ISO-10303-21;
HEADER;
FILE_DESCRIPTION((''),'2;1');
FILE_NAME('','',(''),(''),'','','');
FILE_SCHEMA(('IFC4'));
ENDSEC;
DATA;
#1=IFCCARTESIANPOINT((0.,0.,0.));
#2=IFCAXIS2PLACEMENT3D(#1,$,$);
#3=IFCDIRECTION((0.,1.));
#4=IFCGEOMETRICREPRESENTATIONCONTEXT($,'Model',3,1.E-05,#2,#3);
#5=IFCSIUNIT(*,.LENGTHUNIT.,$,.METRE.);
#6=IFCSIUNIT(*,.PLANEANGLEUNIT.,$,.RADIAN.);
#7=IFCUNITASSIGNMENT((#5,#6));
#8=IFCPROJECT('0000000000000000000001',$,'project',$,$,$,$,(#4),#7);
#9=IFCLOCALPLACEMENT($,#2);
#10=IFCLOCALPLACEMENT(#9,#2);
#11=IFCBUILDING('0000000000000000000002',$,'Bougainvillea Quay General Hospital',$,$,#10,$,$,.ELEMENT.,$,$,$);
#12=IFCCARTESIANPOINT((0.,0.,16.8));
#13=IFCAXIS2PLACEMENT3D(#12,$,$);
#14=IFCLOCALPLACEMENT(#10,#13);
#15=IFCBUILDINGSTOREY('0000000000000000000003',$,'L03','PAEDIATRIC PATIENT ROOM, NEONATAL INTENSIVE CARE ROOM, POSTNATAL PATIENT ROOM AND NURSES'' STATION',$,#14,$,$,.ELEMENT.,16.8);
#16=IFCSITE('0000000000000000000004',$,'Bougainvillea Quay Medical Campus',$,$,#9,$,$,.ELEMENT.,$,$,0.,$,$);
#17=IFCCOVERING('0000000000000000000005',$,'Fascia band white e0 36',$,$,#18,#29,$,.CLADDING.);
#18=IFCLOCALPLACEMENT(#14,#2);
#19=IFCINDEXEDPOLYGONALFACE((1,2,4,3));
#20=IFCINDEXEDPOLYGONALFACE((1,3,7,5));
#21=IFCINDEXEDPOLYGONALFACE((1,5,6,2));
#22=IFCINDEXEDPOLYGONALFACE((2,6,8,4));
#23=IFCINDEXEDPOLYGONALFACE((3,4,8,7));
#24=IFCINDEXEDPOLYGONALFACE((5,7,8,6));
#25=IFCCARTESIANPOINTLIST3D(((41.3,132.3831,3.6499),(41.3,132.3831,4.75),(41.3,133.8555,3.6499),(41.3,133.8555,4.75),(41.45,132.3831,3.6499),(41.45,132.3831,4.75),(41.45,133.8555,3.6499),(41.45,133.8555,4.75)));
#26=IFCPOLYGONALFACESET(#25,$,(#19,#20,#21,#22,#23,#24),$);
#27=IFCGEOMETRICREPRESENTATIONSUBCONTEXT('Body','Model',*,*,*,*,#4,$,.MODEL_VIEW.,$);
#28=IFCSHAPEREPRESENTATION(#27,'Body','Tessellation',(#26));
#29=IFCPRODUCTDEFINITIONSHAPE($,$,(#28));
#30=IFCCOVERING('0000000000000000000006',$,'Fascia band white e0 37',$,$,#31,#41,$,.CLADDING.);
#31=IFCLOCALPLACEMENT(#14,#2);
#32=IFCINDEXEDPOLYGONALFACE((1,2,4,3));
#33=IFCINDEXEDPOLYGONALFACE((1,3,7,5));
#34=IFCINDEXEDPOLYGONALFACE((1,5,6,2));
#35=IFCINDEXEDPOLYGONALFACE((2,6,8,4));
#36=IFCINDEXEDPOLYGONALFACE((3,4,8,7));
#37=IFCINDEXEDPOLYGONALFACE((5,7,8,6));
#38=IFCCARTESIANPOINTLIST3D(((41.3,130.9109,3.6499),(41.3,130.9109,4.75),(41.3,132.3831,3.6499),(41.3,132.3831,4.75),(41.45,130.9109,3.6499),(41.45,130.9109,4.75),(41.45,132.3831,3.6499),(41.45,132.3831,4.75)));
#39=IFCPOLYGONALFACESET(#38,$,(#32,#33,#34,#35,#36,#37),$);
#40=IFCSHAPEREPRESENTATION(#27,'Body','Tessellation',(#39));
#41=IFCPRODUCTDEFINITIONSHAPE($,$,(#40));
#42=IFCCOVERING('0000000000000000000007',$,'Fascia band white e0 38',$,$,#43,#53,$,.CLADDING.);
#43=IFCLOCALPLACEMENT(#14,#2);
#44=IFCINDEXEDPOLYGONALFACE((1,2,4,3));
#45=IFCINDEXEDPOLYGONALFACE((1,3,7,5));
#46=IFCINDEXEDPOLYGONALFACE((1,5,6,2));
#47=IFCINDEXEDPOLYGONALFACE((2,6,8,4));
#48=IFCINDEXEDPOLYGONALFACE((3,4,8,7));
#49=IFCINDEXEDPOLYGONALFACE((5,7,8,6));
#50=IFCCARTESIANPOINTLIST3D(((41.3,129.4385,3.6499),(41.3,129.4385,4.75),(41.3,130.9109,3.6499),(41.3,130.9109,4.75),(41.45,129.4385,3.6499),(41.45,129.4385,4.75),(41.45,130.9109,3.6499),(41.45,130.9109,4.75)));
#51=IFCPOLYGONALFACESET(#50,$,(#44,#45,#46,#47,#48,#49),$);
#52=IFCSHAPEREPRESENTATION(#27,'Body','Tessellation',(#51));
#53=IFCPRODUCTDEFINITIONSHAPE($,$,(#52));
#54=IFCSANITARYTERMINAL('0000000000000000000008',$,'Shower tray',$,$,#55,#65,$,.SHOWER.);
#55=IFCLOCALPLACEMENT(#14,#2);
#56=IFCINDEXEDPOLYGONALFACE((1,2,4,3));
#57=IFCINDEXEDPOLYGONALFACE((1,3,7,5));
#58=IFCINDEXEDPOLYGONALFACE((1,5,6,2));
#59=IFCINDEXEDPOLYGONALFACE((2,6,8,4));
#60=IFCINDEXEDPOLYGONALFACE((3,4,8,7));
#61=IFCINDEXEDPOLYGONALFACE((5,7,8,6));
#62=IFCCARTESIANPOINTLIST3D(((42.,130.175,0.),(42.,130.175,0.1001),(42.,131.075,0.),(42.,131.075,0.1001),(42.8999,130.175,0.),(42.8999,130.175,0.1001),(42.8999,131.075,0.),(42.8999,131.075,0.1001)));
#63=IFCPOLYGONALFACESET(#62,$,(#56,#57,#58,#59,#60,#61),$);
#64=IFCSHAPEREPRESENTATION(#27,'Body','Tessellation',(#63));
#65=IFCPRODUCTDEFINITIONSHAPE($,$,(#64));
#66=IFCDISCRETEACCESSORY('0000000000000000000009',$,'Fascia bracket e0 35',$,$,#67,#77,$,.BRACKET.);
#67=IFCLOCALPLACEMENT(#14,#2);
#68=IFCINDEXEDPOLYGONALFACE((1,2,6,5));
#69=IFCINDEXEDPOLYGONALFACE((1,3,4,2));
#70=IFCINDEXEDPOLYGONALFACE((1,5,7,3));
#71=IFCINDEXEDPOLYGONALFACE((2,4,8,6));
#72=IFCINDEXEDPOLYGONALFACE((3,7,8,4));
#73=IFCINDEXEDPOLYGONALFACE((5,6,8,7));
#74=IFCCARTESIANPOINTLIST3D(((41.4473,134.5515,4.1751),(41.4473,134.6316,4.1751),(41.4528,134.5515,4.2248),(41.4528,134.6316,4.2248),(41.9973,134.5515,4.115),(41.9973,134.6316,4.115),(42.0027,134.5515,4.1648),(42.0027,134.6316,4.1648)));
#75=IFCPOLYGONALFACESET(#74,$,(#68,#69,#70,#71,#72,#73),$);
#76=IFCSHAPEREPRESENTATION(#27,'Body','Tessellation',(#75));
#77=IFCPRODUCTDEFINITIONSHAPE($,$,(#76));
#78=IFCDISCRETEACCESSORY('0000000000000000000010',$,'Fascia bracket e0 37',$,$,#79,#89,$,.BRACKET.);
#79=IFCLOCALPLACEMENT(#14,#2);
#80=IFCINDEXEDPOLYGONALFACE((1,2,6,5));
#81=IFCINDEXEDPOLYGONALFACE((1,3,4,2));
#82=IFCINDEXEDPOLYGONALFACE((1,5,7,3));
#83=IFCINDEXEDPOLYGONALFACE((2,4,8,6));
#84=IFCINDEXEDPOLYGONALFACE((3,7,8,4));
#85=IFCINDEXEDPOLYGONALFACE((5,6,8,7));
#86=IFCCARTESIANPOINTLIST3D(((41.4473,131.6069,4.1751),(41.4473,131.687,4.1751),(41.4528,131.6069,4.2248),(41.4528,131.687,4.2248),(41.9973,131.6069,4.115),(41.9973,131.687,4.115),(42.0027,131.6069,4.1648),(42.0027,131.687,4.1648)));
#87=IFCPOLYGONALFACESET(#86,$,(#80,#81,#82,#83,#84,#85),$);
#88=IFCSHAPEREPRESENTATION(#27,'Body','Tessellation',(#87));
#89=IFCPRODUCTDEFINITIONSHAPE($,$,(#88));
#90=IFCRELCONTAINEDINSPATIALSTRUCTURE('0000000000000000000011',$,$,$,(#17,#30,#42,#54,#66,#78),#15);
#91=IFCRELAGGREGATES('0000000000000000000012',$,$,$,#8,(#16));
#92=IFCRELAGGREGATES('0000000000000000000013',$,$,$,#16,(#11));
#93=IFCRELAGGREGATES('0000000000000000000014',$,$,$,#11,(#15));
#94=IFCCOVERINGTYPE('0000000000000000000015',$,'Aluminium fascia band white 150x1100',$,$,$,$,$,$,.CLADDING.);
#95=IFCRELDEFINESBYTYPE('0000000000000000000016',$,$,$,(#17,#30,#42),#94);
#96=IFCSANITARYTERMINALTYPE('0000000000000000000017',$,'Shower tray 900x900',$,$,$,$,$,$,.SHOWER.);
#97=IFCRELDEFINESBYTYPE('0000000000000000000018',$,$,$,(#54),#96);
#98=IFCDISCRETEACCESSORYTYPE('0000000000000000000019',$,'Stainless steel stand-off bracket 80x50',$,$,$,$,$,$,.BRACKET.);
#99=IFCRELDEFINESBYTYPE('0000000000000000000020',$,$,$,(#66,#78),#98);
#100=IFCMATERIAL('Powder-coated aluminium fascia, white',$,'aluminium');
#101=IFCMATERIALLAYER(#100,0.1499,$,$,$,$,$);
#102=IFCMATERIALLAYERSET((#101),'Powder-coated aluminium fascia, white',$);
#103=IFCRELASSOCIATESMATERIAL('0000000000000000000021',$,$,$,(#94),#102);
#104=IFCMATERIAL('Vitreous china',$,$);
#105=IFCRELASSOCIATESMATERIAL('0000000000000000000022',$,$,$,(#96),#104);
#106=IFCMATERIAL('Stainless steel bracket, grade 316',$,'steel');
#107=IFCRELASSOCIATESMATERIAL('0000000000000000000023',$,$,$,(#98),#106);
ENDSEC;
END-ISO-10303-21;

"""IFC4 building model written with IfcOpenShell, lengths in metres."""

from ifc_helpers import new_model, si_unit, direction, frame, origin, origin_2d, place, context, subcontext, project, spatial, polyline, rectangle, outline, extrude, material, layer, layer_set, material_profile, profile_set, type_object, element, save


model = new_model("IFC4")

# Units and contexts
model_context = context("Model", 3, precision=1e-05, world=origin(), true_north=direction((0.0, 1.0)))
body_context = subcontext(model_context, "Body", "Model", "MODEL_VIEW")
ifc_project = project(units=[si_unit("LENGTHUNIT", "METRE"), si_unit("PLANEANGLEUNIT", "RADIAN")], contexts=[model_context])

# Site, building, storey
site_placement = place(None, origin())
site = spatial("IfcSite", under=ifc_project, at=site_placement, Name="Bougainvillea Quay Medical Campus", CompositionType="ELEMENT", RefElevation=0.0)
building_placement = place(site_placement, origin())
building = spatial("IfcBuilding", under=site, at=building_placement, Name="Bougainvillea Quay General Hospital", CompositionType="ELEMENT")
storey_placement = place(building_placement, frame((0.0, 0.0, 16.8)))
storey = spatial("IfcBuildingStorey", under=building, at=storey_placement, Name="L03", Description="PAEDIATRIC PATIENT ROOM, NEONATAL INTENSIVE CARE ROOM, POSTNATAL PATIENT ROOM AND NURSES' STATION", CompositionType="ELEMENT", Elevation=16.8)

# Coverings
ifc_material_1 = material(Name="Powder-coated aluminium fascia, white", Category="aluminium")
ifc_layer_1 = layer(ifc_material_1, 0.1499)
ifc_layer_set_1 = layer_set([ifc_layer_1], Name="Powder-coated aluminium fascia, white")
covering_type = type_object("IfcCoveringType", Name="Aluminium fascia band white 150x1100", PredefinedType="CLADDING", material=ifc_layer_set_1)
covering_1_placement = place(storey_placement, frame((41.45, 133.8555, 3.6499), z_axis=(0.0, 0.0, 1.0), x_axis=(0.0, -1.0, 0.0)))
element("IfcCovering", 1, at=covering_1_placement, inside=storey, type_object=covering_type, Name="Fascia band white e0 36", PredefinedType="CLADDING", context=body_context, shape_type="SweptSolid", body=[
    extrude(outline(polyline([(0.0, 0.0), (1.4724, 0.0), (1.4724, -0.1499), (0.0, -0.1499), (0.0, 0.0)])), origin(), (0.0, 0.0, 1.0), 1.1001),
])
covering_2_placement = place(storey_placement, frame((41.45, 132.3831, 3.6499), z_axis=(0.0, 0.0, 1.0), x_axis=(0.0, -1.0, 0.0)))
element("IfcCovering", 2, at=covering_2_placement, inside=storey, type_object=covering_type, Name="Fascia band white e0 37", PredefinedType="CLADDING", context=body_context, shape_type="SweptSolid", body=[
    extrude(outline(polyline([(0.0, 0.0), (1.4722, 0.0), (1.4722, -0.1499), (0.0, -0.1499), (0.0, 0.0)])), origin(), (0.0, 0.0, 1.0), 1.1001),
])
covering_3_placement = place(storey_placement, frame((41.45, 130.9109, 3.6499), z_axis=(0.0, 0.0, 1.0), x_axis=(0.0, -1.0, 0.0)))
element("IfcCovering", 3, at=covering_3_placement, inside=storey, type_object=covering_type, Name="Fascia band white e0 38", PredefinedType="CLADDING", context=body_context, shape_type="SweptSolid", body=[
    extrude(outline(polyline([(0.0, 0.0), (1.4724, 0.0), (1.4724, -0.1499), (0.0, -0.1499), (0.0, 0.0)])), origin(), (0.0, 0.0, 1.0), 1.1001),
])

# Sanitary terminal
ifc_material_2 = material(Name="Vitreous china")
sanitary_terminal_type = type_object("IfcSanitaryTerminalType", Name="Shower tray 900x900", PredefinedType="SHOWER", material=ifc_material_2)
sanitary_terminal_placement = place(storey_placement, frame((42.45, 130.625, 0.0), z_axis=(0.0, 0.0, 1.0), x_axis=(0.0, 1.0, 0.0)))
element("IfcSanitaryTerminal", 4, at=sanitary_terminal_placement, inside=storey, type_object=sanitary_terminal_type, Name="Shower tray", PredefinedType="SHOWER", context=body_context, shape_type="SweptSolid", body=[
    extrude(rectangle(XDim=0.8999, YDim=0.8999, at=origin_2d()), origin(), (0.0, 0.0, 1.0), 0.1001),
])

# Discrete accessories
ifc_material_3 = material(Name="Stainless steel bracket, grade 316", Category="steel")
ifc_material_profile_1 = material_profile(ifc_material_3, rectangle(XDim=0.0801, YDim=0.05, at=origin_2d()))
ifc_profile_set_1 = profile_set([ifc_material_profile_1], Name="Stainless steel bracket, grade 316")
discrete_accessory_type = type_object("IfcDiscreteAccessoryType", Name="Stainless steel stand-off bracket 80x50", PredefinedType="BRACKET", material=ifc_profile_set_1)
for number, where, z_axis, x_axis, name in (
    (5, (42.0, 134.5916, 4.1399), (-0.994092, 0.0, 0.108543), (0.0, -1.0, 0.0), "Fascia bracket e0 35"),
    (6, (42.0, 131.647, 4.1399), (-0.994092, 0.0, 0.108543), (0.0, -1.0, 0.0), "Fascia bracket e0 37"),
):
    element("IfcDiscreteAccessory", number, at=place(storey_placement, frame(where, z_axis=z_axis, x_axis=x_axis)), inside=storey, type_object=discrete_accessory_type, Name=name, PredefinedType="BRACKET", context=body_context, shape_type="SweptSolid", body=[
        extrude(rectangle(XDim=0.0801, YDim=0.05, at=origin_2d()), origin(), (0.0, 0.0, 1.0), 0.5532),
    ])

save(model, "model.ifc")
